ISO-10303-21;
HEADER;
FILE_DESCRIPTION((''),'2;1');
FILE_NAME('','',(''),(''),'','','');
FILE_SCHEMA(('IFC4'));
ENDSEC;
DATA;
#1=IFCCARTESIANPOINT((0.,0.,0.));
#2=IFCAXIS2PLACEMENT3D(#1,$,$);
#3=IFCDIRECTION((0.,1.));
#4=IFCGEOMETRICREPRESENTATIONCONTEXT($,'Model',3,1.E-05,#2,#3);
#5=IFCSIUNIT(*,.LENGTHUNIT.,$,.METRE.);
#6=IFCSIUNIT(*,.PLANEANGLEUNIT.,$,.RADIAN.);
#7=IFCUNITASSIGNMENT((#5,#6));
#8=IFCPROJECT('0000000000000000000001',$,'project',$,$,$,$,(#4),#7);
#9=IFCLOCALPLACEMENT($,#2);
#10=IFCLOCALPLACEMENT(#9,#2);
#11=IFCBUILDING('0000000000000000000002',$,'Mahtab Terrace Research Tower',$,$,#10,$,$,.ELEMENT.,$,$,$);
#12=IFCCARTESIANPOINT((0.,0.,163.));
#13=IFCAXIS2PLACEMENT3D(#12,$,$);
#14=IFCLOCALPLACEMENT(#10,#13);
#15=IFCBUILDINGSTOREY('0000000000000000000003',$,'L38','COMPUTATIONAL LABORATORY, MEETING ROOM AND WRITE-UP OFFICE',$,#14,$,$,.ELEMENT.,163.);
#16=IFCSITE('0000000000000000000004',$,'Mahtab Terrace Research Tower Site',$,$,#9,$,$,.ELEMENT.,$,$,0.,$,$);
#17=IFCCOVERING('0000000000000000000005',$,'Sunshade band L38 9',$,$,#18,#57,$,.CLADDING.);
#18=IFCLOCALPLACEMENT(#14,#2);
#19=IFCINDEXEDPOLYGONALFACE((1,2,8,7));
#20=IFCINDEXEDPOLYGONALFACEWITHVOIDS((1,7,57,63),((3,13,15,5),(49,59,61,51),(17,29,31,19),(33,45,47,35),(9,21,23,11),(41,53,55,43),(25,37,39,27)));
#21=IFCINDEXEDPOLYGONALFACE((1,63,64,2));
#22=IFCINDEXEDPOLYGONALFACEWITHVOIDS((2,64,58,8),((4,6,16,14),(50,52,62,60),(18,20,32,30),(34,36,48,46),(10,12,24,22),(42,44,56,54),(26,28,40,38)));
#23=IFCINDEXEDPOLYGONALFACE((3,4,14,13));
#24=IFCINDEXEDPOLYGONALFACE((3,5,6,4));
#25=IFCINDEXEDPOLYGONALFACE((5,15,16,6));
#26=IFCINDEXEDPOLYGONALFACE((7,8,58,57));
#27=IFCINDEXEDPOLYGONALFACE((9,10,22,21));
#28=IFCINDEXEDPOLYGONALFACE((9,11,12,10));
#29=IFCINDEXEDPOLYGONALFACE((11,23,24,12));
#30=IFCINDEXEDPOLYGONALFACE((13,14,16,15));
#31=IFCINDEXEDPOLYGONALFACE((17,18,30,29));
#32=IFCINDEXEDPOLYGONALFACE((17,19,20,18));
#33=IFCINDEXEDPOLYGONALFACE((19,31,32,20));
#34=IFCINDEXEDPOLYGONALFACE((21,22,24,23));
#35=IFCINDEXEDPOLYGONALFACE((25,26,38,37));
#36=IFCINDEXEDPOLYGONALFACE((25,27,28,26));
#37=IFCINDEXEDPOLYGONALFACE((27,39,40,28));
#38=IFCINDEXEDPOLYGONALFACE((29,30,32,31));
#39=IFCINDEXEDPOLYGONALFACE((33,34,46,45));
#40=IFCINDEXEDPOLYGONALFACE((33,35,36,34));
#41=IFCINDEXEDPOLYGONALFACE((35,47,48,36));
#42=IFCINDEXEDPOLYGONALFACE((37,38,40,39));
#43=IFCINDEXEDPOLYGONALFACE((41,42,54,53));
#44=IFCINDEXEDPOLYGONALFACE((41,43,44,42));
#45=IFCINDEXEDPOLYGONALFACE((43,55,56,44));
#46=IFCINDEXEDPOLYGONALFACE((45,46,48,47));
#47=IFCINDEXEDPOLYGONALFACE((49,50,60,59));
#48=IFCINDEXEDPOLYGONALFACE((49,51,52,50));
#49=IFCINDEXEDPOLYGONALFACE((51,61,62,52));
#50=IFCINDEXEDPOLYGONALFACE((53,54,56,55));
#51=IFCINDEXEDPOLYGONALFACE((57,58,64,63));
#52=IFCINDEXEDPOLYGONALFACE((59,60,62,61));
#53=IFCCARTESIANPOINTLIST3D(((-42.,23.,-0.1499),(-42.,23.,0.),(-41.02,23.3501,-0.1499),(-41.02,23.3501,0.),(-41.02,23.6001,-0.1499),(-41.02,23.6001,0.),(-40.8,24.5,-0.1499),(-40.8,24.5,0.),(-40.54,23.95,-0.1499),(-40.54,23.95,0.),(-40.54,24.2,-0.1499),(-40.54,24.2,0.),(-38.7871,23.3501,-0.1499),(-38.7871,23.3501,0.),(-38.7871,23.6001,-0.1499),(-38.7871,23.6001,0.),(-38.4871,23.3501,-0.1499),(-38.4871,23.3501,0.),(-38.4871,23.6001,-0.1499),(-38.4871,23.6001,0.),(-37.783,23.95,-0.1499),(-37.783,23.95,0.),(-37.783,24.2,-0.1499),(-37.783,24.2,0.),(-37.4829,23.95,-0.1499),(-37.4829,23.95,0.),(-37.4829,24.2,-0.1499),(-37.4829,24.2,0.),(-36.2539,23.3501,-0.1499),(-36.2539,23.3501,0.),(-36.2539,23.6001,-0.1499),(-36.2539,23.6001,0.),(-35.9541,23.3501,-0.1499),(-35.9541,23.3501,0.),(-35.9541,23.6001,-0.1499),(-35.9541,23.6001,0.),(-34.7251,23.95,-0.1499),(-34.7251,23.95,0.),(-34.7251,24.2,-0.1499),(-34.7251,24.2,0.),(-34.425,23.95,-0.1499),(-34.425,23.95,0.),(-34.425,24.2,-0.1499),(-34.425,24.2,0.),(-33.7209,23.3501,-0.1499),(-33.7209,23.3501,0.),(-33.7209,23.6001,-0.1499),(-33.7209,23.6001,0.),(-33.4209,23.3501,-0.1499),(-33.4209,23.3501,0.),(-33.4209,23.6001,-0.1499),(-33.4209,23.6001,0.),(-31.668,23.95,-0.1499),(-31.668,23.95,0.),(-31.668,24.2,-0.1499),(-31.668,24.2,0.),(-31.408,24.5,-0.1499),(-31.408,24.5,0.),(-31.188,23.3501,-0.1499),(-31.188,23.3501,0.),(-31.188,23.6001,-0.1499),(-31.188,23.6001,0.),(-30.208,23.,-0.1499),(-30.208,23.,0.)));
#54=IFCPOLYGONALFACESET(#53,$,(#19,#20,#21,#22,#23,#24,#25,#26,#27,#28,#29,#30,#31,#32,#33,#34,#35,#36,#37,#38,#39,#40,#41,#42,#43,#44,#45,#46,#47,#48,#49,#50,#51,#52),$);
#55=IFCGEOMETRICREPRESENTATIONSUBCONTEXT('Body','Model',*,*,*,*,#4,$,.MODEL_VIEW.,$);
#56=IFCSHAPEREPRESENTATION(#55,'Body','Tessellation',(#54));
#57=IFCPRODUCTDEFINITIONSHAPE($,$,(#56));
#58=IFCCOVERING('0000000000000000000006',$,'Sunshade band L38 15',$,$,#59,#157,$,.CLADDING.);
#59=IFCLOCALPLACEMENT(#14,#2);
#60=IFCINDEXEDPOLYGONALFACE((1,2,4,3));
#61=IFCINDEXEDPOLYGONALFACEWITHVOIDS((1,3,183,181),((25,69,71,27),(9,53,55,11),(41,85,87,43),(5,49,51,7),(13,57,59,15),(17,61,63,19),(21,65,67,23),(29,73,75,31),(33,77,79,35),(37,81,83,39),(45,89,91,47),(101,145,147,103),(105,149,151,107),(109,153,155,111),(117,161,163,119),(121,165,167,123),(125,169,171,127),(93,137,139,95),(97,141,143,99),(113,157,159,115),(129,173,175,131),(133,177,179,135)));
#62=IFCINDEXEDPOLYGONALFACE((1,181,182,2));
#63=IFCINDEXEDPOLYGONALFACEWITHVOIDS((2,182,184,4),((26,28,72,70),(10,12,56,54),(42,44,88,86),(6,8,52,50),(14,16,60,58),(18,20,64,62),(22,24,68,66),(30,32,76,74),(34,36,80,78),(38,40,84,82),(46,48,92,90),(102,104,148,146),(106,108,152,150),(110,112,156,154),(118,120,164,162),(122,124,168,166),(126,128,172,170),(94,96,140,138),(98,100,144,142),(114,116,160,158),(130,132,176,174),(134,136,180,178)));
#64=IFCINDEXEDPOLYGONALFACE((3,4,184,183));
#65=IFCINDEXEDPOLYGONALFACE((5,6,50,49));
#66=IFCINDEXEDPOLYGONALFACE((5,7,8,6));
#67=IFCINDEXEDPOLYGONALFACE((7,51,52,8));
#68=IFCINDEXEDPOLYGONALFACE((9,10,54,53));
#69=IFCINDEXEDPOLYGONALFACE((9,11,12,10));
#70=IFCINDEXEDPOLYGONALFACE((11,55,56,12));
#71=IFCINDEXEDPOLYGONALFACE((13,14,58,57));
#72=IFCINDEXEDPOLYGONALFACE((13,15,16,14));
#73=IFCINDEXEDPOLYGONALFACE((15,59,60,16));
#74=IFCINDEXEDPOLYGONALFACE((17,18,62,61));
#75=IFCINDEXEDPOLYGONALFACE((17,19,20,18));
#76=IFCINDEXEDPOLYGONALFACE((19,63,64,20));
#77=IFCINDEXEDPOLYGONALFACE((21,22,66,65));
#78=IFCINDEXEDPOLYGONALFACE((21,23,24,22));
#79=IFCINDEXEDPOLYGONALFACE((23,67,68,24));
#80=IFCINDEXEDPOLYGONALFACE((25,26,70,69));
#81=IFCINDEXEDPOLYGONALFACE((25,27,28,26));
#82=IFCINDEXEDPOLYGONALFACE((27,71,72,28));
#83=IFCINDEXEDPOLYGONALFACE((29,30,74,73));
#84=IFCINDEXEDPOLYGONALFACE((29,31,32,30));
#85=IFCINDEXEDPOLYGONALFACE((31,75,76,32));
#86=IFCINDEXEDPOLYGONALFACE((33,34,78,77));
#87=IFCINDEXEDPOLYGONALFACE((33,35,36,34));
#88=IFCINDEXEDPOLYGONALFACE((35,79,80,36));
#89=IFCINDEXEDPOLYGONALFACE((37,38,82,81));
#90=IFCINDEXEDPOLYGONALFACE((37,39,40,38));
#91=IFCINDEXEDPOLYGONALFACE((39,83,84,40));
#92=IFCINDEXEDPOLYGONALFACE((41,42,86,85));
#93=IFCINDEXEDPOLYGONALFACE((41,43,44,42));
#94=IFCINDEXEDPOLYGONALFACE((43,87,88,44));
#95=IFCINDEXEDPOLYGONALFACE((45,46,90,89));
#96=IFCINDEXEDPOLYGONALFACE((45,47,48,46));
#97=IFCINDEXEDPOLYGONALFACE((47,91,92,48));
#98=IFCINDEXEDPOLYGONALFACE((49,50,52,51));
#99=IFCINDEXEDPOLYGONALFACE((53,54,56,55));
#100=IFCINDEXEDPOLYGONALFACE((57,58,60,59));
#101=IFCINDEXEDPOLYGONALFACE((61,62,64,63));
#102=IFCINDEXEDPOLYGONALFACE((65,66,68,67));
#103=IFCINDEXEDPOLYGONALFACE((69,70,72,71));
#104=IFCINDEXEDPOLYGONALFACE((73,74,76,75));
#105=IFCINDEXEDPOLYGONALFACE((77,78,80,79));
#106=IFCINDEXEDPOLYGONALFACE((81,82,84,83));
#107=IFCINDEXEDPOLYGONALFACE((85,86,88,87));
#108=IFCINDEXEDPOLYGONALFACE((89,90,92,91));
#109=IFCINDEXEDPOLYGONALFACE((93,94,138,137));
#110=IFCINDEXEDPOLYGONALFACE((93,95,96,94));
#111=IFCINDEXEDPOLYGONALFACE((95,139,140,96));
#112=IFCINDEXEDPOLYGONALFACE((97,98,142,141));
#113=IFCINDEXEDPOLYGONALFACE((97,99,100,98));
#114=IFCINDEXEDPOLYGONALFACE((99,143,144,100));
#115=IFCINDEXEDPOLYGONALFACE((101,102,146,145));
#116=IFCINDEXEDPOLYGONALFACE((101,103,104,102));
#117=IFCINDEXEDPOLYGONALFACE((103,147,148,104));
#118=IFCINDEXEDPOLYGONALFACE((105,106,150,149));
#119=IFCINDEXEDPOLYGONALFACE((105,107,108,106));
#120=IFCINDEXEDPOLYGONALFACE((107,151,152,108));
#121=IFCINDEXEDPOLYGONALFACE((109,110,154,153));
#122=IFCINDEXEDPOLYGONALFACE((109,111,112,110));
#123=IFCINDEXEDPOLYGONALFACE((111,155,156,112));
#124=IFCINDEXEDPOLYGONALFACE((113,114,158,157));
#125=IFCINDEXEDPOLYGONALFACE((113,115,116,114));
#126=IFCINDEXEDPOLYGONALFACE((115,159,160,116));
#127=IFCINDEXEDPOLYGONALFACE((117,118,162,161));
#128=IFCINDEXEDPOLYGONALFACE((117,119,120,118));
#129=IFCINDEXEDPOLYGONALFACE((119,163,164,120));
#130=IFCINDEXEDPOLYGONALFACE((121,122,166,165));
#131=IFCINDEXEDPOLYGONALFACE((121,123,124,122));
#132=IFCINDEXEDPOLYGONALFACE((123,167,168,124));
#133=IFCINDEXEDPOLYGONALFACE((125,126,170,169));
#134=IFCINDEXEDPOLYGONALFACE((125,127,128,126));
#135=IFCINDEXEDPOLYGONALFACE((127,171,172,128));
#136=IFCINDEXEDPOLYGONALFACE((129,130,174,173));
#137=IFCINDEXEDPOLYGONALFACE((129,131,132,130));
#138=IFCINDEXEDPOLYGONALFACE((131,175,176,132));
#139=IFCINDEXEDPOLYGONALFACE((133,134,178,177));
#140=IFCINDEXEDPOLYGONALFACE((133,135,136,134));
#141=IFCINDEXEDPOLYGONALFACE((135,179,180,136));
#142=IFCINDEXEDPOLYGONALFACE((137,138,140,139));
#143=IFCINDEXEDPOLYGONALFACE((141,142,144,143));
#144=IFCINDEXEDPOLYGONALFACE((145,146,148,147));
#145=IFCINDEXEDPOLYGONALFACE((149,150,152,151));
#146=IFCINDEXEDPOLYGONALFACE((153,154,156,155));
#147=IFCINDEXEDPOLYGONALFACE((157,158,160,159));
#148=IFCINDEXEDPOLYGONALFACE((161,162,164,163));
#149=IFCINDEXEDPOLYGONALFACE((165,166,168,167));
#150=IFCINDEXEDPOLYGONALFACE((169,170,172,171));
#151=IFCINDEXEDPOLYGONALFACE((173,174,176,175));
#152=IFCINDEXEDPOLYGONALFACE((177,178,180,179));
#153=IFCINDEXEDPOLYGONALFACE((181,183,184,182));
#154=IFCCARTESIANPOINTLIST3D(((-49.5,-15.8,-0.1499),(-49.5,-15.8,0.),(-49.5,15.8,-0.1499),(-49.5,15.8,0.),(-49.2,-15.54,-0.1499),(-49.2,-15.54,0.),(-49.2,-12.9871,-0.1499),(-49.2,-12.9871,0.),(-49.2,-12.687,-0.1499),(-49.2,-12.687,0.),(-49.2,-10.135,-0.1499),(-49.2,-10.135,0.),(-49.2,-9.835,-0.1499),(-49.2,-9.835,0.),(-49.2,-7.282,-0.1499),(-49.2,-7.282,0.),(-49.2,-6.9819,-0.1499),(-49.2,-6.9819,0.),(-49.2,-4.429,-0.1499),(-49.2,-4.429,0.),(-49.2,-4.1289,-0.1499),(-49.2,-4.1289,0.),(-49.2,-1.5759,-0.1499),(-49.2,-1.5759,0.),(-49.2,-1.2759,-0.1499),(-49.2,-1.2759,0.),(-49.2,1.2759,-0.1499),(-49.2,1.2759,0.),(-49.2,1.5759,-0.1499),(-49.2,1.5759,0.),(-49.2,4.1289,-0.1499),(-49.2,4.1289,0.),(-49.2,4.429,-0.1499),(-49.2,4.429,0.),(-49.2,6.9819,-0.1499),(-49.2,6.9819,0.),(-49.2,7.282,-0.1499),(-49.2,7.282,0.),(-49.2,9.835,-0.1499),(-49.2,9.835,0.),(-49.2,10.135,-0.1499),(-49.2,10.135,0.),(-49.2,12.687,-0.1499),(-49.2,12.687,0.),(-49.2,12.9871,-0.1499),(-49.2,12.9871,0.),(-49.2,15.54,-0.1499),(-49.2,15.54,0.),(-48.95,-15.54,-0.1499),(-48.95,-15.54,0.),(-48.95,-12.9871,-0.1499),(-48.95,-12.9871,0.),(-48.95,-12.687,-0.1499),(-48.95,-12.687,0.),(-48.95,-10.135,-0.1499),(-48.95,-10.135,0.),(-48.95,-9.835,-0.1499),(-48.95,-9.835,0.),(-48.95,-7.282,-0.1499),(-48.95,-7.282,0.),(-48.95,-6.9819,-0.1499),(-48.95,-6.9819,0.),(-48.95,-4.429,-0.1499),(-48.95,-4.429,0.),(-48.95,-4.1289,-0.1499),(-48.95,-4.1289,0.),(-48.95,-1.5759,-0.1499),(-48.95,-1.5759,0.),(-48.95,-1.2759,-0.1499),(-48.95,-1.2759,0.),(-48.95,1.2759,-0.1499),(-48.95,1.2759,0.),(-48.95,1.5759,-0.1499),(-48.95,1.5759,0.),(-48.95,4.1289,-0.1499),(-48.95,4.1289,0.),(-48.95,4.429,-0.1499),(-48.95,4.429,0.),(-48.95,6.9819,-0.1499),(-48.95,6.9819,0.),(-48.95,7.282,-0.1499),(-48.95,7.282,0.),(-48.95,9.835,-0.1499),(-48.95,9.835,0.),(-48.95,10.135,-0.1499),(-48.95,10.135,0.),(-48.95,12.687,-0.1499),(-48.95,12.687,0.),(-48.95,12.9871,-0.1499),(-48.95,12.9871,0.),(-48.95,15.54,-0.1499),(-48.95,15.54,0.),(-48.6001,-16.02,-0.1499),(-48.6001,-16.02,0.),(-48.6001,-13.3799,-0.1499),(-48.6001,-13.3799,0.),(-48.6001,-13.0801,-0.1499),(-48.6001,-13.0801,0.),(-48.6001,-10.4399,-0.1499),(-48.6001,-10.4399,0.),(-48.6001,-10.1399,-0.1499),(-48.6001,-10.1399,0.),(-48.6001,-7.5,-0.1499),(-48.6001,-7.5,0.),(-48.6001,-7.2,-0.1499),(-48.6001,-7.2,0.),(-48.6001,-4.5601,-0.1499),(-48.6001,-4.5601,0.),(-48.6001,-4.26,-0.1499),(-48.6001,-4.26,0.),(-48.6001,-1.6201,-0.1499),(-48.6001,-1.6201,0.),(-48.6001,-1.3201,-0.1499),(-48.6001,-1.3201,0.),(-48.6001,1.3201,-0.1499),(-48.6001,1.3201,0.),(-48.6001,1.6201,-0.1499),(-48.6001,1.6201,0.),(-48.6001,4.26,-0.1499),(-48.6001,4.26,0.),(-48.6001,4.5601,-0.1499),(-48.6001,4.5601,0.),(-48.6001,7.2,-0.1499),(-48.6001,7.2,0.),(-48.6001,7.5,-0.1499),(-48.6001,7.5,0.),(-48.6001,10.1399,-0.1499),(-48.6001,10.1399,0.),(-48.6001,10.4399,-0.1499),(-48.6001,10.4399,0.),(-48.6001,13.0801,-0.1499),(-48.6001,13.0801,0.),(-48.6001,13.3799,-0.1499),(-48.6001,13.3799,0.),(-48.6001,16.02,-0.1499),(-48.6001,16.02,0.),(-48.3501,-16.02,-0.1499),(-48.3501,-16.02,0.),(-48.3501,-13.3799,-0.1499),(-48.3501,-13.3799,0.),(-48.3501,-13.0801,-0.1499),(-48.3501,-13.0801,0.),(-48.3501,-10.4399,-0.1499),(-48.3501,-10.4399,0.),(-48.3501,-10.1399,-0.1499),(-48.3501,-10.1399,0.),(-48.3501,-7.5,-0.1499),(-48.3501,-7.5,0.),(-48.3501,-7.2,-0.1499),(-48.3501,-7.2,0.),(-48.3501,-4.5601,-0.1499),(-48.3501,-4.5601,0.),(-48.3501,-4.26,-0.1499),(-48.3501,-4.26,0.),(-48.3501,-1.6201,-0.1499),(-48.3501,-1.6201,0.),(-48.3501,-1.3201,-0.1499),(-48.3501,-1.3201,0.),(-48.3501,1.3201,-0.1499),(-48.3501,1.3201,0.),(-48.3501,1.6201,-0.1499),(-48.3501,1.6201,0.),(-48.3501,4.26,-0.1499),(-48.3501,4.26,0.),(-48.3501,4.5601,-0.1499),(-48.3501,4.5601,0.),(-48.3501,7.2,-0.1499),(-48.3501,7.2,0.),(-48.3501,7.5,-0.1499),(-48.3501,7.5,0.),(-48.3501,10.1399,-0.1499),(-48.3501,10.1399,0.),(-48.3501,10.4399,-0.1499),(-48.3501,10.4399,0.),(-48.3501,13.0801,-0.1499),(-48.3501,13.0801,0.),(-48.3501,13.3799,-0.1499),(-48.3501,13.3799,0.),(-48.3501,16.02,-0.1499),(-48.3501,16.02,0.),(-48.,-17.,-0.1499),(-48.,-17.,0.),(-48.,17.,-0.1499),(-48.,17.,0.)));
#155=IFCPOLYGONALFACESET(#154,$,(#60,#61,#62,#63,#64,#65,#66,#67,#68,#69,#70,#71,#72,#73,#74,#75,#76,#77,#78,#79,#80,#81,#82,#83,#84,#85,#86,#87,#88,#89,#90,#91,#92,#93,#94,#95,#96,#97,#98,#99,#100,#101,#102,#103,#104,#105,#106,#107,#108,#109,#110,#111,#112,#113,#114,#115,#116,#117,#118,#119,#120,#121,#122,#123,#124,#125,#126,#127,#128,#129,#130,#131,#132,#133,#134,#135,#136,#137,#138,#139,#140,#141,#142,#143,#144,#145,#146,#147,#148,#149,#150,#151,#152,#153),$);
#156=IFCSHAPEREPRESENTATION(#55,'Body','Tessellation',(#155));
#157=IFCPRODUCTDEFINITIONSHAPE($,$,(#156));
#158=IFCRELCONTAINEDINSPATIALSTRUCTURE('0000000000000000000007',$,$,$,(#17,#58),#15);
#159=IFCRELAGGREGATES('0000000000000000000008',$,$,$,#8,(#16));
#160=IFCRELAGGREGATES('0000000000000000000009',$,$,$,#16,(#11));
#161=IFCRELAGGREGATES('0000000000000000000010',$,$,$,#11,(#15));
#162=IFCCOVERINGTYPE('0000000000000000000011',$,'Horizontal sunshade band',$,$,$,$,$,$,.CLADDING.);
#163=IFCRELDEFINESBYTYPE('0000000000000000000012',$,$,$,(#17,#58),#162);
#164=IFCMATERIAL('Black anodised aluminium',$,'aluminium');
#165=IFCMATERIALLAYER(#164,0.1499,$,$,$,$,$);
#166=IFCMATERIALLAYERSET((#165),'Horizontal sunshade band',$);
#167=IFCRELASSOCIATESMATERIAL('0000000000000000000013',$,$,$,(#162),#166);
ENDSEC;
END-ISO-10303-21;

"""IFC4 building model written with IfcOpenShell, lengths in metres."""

from ifc_helpers import new_model, si_unit, direction, frame, origin, place, context, subcontext, project, spatial, polyline, outline, extrude, material, layer, layer_set, type_object, element, save


model = new_model("IFC4")

# Units and contexts
model_context = context("Model", 3, precision=1e-05, world=origin(), true_north=direction((0.0, 1.0)))
body_context = subcontext(model_context, "Body", "Model", "MODEL_VIEW")
ifc_project = project(units=[si_unit("LENGTHUNIT", "METRE"), si_unit("PLANEANGLEUNIT", "RADIAN")], contexts=[model_context])

# Site, building, storey
site_placement = place(None, origin())
site = spatial("IfcSite", under=ifc_project, at=site_placement, Name="Mahtab Terrace Research Tower Site", CompositionType="ELEMENT", RefElevation=0.0)
building_placement = place(site_placement, origin())
building = spatial("IfcBuilding", under=site, at=building_placement, Name="Mahtab Terrace Research Tower", CompositionType="ELEMENT")
storey_placement = place(building_placement, frame((0.0, 0.0, 163.0)))
storey = spatial("IfcBuildingStorey", under=building, at=storey_placement, Name="L38", Description="COMPUTATIONAL LABORATORY, MEETING ROOM AND WRITE-UP OFFICE", CompositionType="ELEMENT", Elevation=163.0)

# Coverings
ifc_material_1 = material(Name="Black anodised aluminium", Category="aluminium")
ifc_layer_1 = layer(ifc_material_1, 0.1499)
ifc_layer_set_1 = layer_set([ifc_layer_1], Name="Horizontal sunshade band")
covering_type = type_object("IfcCoveringType", Name="Horizontal sunshade band", PredefinedType="CLADDING", material=ifc_layer_set_1)
covering_1_placement = place(storey_placement, frame((0.0, 0.0, -0.1499)))
element("IfcCovering", 1, at=covering_1_placement, inside=storey, type_object=covering_type, Name="Sunshade band L38 9", PredefinedType="CLADDING", context=body_context, shape_type="SweptSolid", body=[
    extrude(outline(polyline([(-30.208, 23.0), (-42.0, 23.0), (-40.8, 24.5), (-31.408, 24.5), (-30.208, 23.0)]), holes=[polyline([(-31.188, 23.3501), (-33.4209, 23.3501), (-33.4209, 23.6001), (-31.188, 23.6001), (-31.188, 23.3501)]), polyline([(-33.7209, 23.3501), (-35.9541, 23.3501), (-35.9541, 23.6001), (-33.7209, 23.6001), (-33.7209, 23.3501)]), polyline([(-36.2539, 23.3501), (-38.4871, 23.3501), (-38.4871, 23.6001), (-36.2539, 23.6001), (-36.2539, 23.3501)]), polyline([(-38.7871, 23.3501), (-41.02, 23.3501), (-41.02, 23.6001), (-38.7871, 23.6001), (-38.7871, 23.3501)]), polyline([(-31.668, 23.95), (-34.425, 23.95), (-34.425, 24.2), (-31.668, 24.2), (-31.668, 23.95)]), polyline([(-34.7251, 23.95), (-37.4829, 23.95), (-37.4829, 24.2), (-34.7251, 24.2), (-34.7251, 23.95)]), polyline([(-37.783, 23.95), (-40.54, 23.95), (-40.54, 24.2), (-37.783, 24.2), (-37.783, 23.95)])]), origin(), (0.0, 0.0, 1.0), 0.1499),
])
covering_2_placement = place(storey_placement, frame((0.0, 0.0, -0.1499)))
element("IfcCovering", 2, at=covering_2_placement, inside=storey, type_object=covering_type, Name="Sunshade band L38 15", PredefinedType="CLADDING", context=body_context, shape_type="SweptSolid", body=[
    extrude(outline(polyline([(-48.0, 17.0), (-48.0, -17.0), (-49.5, -15.8), (-49.5, 15.8), (-48.0, 17.0)]), holes=[polyline([(-48.3501, 16.02), (-48.3501, 13.3799), (-48.6001, 13.3799), (-48.6001, 16.02), (-48.3501, 16.02)]), polyline([(-48.3501, 13.0801), (-48.3501, 10.4399), (-48.6001, 10.4399), (-48.6001, 13.0801), (-48.3501, 13.0801)]), polyline([(-48.3501, 10.1399), (-48.3501, 7.5), (-48.6001, 7.5), (-48.6001, 10.1399), (-48.3501, 10.1399)]), polyline([(-48.3501, 7.2), (-48.3501, 4.5601), (-48.6001, 4.5601), (-48.6001, 7.2), (-48.3501, 7.2)]), polyline([(-48.3501, 4.26), (-48.3501, 1.6201), (-48.6001, 1.6201), (-48.6001, 4.26), (-48.3501, 4.26)]), polyline([(-48.3501, 1.3201), (-48.3501, -1.3201), (-48.6001, -1.3201), (-48.6001, 1.3201), (-48.3501, 1.3201)]), polyline([(-48.3501, -1.6201), (-48.3501, -4.26), (-48.6001, -4.26), (-48.6001, -1.6201), (-48.3501, -1.6201)]), polyline([(-48.3501, -4.5601), (-48.3501, -7.2), (-48.6001, -7.2), (-48.6001, -4.5601), (-48.3501, -4.5601)]), polyline([(-48.3501, -7.5), (-48.3501, -10.1399), (-48.6001, -10.1399), (-48.6001, -7.5), (-48.3501, -7.5)]), polyline([(-48.3501, -10.4399), (-48.3501, -13.0801), (-48.6001, -13.0801), (-48.6001, -10.4399), (-48.3501, -10.4399)]), polyline([(-48.3501, -13.3799), (-48.3501, -16.02), (-48.6001, -16.02), (-48.6001, -13.3799), (-48.3501, -13.3799)]), polyline([(-48.95, 15.54), (-48.95, 12.9871), (-49.2, 12.9871), (-49.2, 15.54), (-48.95, 15.54)]), polyline([(-48.95, 12.687), (-48.95, 10.135), (-49.2, 10.135), (-49.2, 12.687), (-48.95, 12.687)]), polyline([(-48.95, 9.835), (-48.95, 7.282), (-49.2, 7.282), (-49.2, 9.835), (-48.95, 9.835)]), polyline([(-48.95, 6.9819), (-48.95, 4.429), (-49.2, 4.429), (-49.2, 6.9819), (-48.95, 6.9819)]), polyline([(-48.95, 4.1289), (-48.95, 1.5759), (-49.2, 1.5759), (-49.2, 4.1289), (-48.95, 4.1289)]), polyline([(-48.95, 1.2759), (-48.95, -1.2759), (-49.2, -1.2759), (-49.2, 1.2759), (-48.95, 1.2759)]), polyline([(-48.95, -1.5759), (-48.95, -4.1289), (-49.2, -4.1289), (-49.2, -1.5759), (-48.95, -1.5759)]), polyline([(-48.95, -4.429), (-48.95, -6.9819), (-49.2, -6.9819), (-49.2, -4.429), (-48.95, -4.429)]), polyline([(-48.95, -7.282), (-48.95, -9.835), (-49.2, -9.835), (-49.2, -7.282), (-48.95, -7.282)]), polyline([(-48.95, -10.135), (-48.95, -12.687), (-49.2, -12.687), (-49.2, -10.135), (-48.95, -10.135)]), polyline([(-48.95, -12.9871), (-48.95, -15.54), (-49.2, -15.54), (-49.2, -12.9871), (-48.95, -12.9871)])]), origin(), (0.0, 0.0, 1.0), 0.1499),
])

save(model, "model.ifc")
